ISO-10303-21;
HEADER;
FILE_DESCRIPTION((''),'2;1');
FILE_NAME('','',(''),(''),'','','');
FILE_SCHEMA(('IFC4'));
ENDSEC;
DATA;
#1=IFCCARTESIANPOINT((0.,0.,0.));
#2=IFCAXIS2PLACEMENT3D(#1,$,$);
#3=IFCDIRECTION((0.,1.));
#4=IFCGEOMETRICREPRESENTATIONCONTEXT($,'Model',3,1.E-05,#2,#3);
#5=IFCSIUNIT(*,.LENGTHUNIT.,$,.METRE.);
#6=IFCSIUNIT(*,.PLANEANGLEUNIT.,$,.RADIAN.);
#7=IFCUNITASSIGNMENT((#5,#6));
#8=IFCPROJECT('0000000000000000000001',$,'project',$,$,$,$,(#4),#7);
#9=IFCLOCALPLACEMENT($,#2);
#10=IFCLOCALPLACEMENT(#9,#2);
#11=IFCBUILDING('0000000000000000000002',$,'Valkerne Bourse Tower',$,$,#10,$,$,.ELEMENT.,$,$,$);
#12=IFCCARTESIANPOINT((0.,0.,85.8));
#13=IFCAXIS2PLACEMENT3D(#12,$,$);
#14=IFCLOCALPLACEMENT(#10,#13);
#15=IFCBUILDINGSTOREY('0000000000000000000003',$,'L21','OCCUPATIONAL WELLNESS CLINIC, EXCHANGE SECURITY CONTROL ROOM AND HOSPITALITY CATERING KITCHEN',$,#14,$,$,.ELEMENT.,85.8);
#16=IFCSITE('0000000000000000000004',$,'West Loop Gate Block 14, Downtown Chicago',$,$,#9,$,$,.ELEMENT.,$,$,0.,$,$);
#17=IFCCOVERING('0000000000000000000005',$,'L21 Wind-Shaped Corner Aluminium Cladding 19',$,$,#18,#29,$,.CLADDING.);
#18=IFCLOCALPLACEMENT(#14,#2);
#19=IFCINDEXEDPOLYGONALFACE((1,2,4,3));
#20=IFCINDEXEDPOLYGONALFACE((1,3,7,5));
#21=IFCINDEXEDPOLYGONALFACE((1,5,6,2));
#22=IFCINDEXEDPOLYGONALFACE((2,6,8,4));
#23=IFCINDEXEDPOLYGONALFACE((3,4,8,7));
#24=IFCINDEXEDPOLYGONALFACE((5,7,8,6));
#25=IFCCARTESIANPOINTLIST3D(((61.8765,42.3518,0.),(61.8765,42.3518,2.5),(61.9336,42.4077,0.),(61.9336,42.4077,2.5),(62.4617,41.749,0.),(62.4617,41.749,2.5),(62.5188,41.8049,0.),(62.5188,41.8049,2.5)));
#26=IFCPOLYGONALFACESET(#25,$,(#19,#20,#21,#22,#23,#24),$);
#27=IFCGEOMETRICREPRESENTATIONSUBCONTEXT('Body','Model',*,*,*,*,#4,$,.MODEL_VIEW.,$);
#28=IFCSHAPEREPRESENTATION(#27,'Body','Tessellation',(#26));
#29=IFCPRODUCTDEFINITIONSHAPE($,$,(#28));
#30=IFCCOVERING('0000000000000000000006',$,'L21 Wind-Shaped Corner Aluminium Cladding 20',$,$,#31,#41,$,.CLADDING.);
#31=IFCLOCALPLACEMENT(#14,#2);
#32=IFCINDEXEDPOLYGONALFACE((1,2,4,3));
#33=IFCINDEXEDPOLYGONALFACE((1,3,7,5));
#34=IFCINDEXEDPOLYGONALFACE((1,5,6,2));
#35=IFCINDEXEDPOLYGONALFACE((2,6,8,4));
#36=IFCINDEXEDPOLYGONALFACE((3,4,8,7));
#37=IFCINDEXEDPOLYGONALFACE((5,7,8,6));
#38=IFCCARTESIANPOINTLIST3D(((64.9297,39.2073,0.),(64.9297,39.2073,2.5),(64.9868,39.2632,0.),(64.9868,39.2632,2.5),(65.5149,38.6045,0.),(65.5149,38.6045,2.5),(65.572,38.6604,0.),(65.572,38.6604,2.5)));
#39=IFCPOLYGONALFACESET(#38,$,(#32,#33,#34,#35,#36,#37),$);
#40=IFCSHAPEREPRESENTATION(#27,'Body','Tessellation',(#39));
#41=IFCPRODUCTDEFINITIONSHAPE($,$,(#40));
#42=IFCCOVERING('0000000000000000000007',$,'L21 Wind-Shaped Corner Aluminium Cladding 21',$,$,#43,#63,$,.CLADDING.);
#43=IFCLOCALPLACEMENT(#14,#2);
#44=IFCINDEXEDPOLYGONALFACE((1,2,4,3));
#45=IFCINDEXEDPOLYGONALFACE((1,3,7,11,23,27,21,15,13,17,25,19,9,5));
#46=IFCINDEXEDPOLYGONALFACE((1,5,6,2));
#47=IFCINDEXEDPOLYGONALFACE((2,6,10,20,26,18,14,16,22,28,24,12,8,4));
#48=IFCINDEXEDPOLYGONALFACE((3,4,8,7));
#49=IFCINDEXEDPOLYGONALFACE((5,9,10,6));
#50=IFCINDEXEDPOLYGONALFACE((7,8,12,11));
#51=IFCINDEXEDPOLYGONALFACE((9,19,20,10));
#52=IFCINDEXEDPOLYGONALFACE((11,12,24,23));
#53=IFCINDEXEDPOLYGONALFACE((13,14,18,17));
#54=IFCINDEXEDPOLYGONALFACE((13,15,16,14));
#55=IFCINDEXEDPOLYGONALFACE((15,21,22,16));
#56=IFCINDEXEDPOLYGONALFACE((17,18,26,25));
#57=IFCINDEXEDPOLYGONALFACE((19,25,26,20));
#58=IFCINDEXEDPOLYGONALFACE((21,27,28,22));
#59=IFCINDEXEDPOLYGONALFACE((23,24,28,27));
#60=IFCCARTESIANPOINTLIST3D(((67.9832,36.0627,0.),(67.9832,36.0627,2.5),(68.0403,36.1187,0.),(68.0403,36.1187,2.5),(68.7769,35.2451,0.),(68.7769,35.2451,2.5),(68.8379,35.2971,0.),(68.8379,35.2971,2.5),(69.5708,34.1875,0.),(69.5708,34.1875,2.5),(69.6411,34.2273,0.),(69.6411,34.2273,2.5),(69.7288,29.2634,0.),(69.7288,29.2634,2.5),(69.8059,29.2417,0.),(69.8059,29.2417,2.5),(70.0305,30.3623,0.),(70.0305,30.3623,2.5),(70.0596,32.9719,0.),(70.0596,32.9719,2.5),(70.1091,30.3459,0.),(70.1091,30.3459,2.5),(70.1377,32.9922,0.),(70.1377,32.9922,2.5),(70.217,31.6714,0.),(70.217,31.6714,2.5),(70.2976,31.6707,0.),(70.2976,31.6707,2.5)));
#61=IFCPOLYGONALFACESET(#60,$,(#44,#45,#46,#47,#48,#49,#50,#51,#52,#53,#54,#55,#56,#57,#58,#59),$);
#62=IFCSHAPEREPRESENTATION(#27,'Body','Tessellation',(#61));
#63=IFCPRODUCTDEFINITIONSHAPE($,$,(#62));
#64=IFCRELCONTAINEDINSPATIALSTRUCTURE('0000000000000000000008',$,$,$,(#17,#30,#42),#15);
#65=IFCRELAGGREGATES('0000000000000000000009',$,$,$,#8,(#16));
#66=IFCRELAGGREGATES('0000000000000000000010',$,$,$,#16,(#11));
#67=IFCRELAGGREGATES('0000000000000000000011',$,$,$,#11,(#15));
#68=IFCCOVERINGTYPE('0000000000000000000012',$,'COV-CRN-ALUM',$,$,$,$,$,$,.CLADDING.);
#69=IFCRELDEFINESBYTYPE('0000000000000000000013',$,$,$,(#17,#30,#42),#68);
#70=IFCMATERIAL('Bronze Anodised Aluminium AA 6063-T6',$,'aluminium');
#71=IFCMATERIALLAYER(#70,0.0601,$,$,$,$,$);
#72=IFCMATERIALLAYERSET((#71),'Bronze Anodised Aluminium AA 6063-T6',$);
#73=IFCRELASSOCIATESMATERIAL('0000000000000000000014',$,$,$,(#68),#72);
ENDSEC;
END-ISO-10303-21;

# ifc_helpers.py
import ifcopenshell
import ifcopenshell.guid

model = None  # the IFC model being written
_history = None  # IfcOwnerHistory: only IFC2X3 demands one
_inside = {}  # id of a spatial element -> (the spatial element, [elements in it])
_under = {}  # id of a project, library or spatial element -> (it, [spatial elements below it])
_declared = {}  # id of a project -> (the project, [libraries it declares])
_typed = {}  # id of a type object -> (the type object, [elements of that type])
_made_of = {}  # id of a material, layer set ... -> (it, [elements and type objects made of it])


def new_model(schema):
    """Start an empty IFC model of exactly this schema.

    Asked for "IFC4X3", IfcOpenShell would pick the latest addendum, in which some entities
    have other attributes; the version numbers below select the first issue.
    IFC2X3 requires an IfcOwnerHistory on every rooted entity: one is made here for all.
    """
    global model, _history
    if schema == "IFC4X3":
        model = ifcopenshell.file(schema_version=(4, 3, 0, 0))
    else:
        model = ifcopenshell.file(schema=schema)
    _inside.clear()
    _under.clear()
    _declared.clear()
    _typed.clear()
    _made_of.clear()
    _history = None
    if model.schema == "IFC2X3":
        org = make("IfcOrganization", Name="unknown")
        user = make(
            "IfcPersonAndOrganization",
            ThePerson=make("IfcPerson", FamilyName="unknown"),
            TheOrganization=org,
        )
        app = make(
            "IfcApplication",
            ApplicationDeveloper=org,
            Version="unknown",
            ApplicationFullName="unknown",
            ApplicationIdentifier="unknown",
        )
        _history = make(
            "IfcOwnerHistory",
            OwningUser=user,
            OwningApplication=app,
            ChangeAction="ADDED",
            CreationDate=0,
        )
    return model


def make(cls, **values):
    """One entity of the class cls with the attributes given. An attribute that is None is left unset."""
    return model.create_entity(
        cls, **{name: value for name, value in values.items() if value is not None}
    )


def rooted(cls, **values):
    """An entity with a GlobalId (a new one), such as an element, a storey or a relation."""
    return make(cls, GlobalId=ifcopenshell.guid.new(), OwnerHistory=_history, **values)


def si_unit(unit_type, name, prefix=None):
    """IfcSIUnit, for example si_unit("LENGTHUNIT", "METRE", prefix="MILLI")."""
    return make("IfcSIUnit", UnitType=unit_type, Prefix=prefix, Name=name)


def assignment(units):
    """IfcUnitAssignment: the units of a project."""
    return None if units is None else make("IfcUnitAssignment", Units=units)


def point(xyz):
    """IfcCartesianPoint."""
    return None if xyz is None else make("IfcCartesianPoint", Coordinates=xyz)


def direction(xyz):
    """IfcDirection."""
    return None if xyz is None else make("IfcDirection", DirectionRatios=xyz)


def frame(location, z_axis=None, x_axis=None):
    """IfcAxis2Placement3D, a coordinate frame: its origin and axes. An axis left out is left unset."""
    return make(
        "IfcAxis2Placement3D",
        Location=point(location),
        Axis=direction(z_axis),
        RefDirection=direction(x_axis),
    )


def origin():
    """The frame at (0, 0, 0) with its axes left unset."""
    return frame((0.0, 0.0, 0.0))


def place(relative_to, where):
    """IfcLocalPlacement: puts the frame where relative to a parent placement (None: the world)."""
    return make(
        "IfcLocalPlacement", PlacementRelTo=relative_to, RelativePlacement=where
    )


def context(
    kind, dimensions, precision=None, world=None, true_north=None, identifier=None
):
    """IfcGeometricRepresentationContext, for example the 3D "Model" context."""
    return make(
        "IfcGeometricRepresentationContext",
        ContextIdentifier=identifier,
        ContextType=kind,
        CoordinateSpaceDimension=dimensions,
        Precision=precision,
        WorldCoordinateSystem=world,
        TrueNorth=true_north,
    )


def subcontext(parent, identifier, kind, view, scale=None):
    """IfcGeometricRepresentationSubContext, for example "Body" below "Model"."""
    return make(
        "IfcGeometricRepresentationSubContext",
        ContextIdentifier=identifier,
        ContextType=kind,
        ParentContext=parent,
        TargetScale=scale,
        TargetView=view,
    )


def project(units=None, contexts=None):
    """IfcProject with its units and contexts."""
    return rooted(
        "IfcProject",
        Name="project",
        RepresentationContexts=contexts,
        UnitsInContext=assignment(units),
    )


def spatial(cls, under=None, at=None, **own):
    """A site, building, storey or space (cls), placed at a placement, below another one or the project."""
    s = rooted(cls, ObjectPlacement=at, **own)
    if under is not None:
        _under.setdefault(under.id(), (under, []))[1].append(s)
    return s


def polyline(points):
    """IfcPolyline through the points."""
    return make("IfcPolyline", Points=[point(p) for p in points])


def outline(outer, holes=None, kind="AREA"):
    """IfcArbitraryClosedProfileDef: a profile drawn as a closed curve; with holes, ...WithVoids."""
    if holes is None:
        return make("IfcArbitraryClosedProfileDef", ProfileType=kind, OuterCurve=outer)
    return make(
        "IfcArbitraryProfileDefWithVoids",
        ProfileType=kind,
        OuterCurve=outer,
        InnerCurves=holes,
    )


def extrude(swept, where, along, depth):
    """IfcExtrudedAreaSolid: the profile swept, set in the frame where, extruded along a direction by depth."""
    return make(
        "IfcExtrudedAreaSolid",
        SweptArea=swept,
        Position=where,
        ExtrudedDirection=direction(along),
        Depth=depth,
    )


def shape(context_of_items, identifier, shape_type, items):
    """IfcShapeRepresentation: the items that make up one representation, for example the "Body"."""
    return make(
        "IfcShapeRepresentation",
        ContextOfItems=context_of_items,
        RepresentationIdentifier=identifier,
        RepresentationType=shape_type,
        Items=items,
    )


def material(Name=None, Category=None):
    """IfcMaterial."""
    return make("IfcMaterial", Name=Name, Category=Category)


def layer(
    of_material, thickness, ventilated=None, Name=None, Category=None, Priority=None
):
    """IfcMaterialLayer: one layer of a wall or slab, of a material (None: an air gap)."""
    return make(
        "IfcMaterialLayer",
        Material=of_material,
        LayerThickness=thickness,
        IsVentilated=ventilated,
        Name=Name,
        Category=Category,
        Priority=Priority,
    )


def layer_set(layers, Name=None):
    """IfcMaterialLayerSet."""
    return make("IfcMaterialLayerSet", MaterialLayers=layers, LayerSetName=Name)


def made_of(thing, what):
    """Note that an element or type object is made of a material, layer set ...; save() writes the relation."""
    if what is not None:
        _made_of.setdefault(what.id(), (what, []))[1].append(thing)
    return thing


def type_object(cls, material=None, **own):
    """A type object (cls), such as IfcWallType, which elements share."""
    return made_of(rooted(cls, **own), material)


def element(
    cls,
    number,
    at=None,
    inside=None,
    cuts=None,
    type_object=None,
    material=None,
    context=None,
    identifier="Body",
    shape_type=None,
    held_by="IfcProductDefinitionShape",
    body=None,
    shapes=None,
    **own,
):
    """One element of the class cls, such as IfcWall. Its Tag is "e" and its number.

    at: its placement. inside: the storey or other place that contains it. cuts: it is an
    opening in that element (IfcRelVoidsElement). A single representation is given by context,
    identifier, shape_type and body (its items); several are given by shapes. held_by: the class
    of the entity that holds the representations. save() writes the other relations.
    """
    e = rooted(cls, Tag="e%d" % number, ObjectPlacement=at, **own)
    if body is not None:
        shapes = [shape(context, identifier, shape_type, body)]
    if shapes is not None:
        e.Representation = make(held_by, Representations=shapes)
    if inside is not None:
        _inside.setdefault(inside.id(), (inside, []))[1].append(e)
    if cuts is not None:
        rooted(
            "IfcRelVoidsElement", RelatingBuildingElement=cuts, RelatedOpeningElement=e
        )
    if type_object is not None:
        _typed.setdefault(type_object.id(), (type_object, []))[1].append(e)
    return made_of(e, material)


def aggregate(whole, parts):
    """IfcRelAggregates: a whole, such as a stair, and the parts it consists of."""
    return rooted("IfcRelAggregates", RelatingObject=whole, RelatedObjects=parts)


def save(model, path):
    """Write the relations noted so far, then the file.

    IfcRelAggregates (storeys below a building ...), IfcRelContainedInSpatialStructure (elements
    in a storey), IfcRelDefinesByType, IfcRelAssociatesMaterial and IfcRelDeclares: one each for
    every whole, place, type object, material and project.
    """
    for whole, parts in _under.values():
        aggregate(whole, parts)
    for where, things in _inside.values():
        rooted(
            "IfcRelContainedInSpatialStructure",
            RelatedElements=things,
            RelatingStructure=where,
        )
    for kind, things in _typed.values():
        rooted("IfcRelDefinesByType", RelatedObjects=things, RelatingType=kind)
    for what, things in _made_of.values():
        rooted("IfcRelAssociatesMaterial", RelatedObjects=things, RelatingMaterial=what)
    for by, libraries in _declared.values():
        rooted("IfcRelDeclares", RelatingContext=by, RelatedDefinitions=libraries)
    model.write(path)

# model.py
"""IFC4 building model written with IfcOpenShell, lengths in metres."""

from ifc_helpers import new_model, si_unit, direction, frame, origin, place, context, subcontext, project, spatial, polyline, outline, extrude, material, layer, layer_set, type_object, element, save


model = new_model("IFC4")

# Units and contexts
model_context = context("Model", 3, precision=1e-05, world=origin(), true_north=direction((0.0, 1.0)))
body_context = subcontext(model_context, "Body", "Model", "MODEL_VIEW")
ifc_project = project(units=[si_unit("LENGTHUNIT", "METRE"), si_unit("PLANEANGLEUNIT", "RADIAN")], contexts=[model_context])

# Site, building, storey
site_placement = place(None, origin())
site = spatial("IfcSite", under=ifc_project, at=site_placement, Name="West Loop Gate Block 14, Downtown Chicago", CompositionType="ELEMENT", RefElevation=0.0)
building_placement = place(site_placement, origin())
building = spatial("IfcBuilding", under=site, at=building_placement, Name="Valkerne Bourse Tower", CompositionType="ELEMENT")
storey_placement = place(building_placement, frame((0.0, 0.0, 85.8)))
storey = spatial("IfcBuildingStorey", under=building, at=storey_placement, Name="L21", Description="OCCUPATIONAL WELLNESS CLINIC, EXCHANGE SECURITY CONTROL ROOM AND HOSPITALITY CATERING KITCHEN", CompositionType="ELEMENT", Elevation=85.8)

# Coverings
ifc_material_1 = material(Name="Bronze Anodised Aluminium AA 6063-T6", Category="aluminium")
ifc_layer_1 = layer(ifc_material_1, 0.0601)
ifc_layer_set_1 = layer_set([ifc_layer_1], Name="Bronze Anodised Aluminium AA 6063-T6")
covering_type = type_object("IfcCoveringType", Name="COV-CRN-ALUM", PredefinedType="CLADDING", material=ifc_layer_set_1)
covering_1_placement = place(storey_placement, origin())
element("IfcCovering", 1, at=covering_1_placement, inside=storey, type_object=covering_type, Name="L21 Wind-Shaped Corner Aluminium Cladding 19", PredefinedType="CLADDING", context=body_context, shape_type="SweptSolid", body=[
    extrude(outline(polyline([(62.5188, 41.8049), (62.4617, 41.749), (61.8765, 42.3518), (61.9336, 42.4077), (62.5188, 41.8049)])), origin(), (0.0, 0.0, 1.0), 2.5),
])
covering_2_placement = place(storey_placement, origin())
element("IfcCovering", 2, at=covering_2_placement, inside=storey, type_object=covering_type, Name="L21 Wind-Shaped Corner Aluminium Cladding 20", PredefinedType="CLADDING", context=body_context, shape_type="SweptSolid", body=[
    extrude(outline(polyline([(65.572, 38.6604), (65.5149, 38.6045), (64.9297, 39.2073), (64.9868, 39.2632), (65.572, 38.6604)])), origin(), (0.0, 0.0, 1.0), 2.5),
])
covering_3_placement = place(storey_placement, origin())
element("IfcCovering", 3, at=covering_3_placement, inside=storey, type_object=covering_type, Name="L21 Wind-Shaped Corner Aluminium Cladding 21", PredefinedType="CLADDING", context=body_context, shape_type="SweptSolid", body=[
    extrude(outline(polyline([(68.8379, 35.2971), (69.6411, 34.2273), (70.1377, 32.9922), (70.2976, 31.6707), (70.1091, 30.3459), (69.8059, 29.2417), (69.7288, 29.2634), (70.0305, 30.3623), (70.217, 31.6714), (70.0596, 32.9719), (69.5708, 34.1875), (68.7769, 35.2451), (67.9832, 36.0627), (68.0403, 36.1187), (68.8379, 35.2971)])), origin(), (0.0, 0.0, 1.0), 2.5),
])

save(model, "model.ifc")
